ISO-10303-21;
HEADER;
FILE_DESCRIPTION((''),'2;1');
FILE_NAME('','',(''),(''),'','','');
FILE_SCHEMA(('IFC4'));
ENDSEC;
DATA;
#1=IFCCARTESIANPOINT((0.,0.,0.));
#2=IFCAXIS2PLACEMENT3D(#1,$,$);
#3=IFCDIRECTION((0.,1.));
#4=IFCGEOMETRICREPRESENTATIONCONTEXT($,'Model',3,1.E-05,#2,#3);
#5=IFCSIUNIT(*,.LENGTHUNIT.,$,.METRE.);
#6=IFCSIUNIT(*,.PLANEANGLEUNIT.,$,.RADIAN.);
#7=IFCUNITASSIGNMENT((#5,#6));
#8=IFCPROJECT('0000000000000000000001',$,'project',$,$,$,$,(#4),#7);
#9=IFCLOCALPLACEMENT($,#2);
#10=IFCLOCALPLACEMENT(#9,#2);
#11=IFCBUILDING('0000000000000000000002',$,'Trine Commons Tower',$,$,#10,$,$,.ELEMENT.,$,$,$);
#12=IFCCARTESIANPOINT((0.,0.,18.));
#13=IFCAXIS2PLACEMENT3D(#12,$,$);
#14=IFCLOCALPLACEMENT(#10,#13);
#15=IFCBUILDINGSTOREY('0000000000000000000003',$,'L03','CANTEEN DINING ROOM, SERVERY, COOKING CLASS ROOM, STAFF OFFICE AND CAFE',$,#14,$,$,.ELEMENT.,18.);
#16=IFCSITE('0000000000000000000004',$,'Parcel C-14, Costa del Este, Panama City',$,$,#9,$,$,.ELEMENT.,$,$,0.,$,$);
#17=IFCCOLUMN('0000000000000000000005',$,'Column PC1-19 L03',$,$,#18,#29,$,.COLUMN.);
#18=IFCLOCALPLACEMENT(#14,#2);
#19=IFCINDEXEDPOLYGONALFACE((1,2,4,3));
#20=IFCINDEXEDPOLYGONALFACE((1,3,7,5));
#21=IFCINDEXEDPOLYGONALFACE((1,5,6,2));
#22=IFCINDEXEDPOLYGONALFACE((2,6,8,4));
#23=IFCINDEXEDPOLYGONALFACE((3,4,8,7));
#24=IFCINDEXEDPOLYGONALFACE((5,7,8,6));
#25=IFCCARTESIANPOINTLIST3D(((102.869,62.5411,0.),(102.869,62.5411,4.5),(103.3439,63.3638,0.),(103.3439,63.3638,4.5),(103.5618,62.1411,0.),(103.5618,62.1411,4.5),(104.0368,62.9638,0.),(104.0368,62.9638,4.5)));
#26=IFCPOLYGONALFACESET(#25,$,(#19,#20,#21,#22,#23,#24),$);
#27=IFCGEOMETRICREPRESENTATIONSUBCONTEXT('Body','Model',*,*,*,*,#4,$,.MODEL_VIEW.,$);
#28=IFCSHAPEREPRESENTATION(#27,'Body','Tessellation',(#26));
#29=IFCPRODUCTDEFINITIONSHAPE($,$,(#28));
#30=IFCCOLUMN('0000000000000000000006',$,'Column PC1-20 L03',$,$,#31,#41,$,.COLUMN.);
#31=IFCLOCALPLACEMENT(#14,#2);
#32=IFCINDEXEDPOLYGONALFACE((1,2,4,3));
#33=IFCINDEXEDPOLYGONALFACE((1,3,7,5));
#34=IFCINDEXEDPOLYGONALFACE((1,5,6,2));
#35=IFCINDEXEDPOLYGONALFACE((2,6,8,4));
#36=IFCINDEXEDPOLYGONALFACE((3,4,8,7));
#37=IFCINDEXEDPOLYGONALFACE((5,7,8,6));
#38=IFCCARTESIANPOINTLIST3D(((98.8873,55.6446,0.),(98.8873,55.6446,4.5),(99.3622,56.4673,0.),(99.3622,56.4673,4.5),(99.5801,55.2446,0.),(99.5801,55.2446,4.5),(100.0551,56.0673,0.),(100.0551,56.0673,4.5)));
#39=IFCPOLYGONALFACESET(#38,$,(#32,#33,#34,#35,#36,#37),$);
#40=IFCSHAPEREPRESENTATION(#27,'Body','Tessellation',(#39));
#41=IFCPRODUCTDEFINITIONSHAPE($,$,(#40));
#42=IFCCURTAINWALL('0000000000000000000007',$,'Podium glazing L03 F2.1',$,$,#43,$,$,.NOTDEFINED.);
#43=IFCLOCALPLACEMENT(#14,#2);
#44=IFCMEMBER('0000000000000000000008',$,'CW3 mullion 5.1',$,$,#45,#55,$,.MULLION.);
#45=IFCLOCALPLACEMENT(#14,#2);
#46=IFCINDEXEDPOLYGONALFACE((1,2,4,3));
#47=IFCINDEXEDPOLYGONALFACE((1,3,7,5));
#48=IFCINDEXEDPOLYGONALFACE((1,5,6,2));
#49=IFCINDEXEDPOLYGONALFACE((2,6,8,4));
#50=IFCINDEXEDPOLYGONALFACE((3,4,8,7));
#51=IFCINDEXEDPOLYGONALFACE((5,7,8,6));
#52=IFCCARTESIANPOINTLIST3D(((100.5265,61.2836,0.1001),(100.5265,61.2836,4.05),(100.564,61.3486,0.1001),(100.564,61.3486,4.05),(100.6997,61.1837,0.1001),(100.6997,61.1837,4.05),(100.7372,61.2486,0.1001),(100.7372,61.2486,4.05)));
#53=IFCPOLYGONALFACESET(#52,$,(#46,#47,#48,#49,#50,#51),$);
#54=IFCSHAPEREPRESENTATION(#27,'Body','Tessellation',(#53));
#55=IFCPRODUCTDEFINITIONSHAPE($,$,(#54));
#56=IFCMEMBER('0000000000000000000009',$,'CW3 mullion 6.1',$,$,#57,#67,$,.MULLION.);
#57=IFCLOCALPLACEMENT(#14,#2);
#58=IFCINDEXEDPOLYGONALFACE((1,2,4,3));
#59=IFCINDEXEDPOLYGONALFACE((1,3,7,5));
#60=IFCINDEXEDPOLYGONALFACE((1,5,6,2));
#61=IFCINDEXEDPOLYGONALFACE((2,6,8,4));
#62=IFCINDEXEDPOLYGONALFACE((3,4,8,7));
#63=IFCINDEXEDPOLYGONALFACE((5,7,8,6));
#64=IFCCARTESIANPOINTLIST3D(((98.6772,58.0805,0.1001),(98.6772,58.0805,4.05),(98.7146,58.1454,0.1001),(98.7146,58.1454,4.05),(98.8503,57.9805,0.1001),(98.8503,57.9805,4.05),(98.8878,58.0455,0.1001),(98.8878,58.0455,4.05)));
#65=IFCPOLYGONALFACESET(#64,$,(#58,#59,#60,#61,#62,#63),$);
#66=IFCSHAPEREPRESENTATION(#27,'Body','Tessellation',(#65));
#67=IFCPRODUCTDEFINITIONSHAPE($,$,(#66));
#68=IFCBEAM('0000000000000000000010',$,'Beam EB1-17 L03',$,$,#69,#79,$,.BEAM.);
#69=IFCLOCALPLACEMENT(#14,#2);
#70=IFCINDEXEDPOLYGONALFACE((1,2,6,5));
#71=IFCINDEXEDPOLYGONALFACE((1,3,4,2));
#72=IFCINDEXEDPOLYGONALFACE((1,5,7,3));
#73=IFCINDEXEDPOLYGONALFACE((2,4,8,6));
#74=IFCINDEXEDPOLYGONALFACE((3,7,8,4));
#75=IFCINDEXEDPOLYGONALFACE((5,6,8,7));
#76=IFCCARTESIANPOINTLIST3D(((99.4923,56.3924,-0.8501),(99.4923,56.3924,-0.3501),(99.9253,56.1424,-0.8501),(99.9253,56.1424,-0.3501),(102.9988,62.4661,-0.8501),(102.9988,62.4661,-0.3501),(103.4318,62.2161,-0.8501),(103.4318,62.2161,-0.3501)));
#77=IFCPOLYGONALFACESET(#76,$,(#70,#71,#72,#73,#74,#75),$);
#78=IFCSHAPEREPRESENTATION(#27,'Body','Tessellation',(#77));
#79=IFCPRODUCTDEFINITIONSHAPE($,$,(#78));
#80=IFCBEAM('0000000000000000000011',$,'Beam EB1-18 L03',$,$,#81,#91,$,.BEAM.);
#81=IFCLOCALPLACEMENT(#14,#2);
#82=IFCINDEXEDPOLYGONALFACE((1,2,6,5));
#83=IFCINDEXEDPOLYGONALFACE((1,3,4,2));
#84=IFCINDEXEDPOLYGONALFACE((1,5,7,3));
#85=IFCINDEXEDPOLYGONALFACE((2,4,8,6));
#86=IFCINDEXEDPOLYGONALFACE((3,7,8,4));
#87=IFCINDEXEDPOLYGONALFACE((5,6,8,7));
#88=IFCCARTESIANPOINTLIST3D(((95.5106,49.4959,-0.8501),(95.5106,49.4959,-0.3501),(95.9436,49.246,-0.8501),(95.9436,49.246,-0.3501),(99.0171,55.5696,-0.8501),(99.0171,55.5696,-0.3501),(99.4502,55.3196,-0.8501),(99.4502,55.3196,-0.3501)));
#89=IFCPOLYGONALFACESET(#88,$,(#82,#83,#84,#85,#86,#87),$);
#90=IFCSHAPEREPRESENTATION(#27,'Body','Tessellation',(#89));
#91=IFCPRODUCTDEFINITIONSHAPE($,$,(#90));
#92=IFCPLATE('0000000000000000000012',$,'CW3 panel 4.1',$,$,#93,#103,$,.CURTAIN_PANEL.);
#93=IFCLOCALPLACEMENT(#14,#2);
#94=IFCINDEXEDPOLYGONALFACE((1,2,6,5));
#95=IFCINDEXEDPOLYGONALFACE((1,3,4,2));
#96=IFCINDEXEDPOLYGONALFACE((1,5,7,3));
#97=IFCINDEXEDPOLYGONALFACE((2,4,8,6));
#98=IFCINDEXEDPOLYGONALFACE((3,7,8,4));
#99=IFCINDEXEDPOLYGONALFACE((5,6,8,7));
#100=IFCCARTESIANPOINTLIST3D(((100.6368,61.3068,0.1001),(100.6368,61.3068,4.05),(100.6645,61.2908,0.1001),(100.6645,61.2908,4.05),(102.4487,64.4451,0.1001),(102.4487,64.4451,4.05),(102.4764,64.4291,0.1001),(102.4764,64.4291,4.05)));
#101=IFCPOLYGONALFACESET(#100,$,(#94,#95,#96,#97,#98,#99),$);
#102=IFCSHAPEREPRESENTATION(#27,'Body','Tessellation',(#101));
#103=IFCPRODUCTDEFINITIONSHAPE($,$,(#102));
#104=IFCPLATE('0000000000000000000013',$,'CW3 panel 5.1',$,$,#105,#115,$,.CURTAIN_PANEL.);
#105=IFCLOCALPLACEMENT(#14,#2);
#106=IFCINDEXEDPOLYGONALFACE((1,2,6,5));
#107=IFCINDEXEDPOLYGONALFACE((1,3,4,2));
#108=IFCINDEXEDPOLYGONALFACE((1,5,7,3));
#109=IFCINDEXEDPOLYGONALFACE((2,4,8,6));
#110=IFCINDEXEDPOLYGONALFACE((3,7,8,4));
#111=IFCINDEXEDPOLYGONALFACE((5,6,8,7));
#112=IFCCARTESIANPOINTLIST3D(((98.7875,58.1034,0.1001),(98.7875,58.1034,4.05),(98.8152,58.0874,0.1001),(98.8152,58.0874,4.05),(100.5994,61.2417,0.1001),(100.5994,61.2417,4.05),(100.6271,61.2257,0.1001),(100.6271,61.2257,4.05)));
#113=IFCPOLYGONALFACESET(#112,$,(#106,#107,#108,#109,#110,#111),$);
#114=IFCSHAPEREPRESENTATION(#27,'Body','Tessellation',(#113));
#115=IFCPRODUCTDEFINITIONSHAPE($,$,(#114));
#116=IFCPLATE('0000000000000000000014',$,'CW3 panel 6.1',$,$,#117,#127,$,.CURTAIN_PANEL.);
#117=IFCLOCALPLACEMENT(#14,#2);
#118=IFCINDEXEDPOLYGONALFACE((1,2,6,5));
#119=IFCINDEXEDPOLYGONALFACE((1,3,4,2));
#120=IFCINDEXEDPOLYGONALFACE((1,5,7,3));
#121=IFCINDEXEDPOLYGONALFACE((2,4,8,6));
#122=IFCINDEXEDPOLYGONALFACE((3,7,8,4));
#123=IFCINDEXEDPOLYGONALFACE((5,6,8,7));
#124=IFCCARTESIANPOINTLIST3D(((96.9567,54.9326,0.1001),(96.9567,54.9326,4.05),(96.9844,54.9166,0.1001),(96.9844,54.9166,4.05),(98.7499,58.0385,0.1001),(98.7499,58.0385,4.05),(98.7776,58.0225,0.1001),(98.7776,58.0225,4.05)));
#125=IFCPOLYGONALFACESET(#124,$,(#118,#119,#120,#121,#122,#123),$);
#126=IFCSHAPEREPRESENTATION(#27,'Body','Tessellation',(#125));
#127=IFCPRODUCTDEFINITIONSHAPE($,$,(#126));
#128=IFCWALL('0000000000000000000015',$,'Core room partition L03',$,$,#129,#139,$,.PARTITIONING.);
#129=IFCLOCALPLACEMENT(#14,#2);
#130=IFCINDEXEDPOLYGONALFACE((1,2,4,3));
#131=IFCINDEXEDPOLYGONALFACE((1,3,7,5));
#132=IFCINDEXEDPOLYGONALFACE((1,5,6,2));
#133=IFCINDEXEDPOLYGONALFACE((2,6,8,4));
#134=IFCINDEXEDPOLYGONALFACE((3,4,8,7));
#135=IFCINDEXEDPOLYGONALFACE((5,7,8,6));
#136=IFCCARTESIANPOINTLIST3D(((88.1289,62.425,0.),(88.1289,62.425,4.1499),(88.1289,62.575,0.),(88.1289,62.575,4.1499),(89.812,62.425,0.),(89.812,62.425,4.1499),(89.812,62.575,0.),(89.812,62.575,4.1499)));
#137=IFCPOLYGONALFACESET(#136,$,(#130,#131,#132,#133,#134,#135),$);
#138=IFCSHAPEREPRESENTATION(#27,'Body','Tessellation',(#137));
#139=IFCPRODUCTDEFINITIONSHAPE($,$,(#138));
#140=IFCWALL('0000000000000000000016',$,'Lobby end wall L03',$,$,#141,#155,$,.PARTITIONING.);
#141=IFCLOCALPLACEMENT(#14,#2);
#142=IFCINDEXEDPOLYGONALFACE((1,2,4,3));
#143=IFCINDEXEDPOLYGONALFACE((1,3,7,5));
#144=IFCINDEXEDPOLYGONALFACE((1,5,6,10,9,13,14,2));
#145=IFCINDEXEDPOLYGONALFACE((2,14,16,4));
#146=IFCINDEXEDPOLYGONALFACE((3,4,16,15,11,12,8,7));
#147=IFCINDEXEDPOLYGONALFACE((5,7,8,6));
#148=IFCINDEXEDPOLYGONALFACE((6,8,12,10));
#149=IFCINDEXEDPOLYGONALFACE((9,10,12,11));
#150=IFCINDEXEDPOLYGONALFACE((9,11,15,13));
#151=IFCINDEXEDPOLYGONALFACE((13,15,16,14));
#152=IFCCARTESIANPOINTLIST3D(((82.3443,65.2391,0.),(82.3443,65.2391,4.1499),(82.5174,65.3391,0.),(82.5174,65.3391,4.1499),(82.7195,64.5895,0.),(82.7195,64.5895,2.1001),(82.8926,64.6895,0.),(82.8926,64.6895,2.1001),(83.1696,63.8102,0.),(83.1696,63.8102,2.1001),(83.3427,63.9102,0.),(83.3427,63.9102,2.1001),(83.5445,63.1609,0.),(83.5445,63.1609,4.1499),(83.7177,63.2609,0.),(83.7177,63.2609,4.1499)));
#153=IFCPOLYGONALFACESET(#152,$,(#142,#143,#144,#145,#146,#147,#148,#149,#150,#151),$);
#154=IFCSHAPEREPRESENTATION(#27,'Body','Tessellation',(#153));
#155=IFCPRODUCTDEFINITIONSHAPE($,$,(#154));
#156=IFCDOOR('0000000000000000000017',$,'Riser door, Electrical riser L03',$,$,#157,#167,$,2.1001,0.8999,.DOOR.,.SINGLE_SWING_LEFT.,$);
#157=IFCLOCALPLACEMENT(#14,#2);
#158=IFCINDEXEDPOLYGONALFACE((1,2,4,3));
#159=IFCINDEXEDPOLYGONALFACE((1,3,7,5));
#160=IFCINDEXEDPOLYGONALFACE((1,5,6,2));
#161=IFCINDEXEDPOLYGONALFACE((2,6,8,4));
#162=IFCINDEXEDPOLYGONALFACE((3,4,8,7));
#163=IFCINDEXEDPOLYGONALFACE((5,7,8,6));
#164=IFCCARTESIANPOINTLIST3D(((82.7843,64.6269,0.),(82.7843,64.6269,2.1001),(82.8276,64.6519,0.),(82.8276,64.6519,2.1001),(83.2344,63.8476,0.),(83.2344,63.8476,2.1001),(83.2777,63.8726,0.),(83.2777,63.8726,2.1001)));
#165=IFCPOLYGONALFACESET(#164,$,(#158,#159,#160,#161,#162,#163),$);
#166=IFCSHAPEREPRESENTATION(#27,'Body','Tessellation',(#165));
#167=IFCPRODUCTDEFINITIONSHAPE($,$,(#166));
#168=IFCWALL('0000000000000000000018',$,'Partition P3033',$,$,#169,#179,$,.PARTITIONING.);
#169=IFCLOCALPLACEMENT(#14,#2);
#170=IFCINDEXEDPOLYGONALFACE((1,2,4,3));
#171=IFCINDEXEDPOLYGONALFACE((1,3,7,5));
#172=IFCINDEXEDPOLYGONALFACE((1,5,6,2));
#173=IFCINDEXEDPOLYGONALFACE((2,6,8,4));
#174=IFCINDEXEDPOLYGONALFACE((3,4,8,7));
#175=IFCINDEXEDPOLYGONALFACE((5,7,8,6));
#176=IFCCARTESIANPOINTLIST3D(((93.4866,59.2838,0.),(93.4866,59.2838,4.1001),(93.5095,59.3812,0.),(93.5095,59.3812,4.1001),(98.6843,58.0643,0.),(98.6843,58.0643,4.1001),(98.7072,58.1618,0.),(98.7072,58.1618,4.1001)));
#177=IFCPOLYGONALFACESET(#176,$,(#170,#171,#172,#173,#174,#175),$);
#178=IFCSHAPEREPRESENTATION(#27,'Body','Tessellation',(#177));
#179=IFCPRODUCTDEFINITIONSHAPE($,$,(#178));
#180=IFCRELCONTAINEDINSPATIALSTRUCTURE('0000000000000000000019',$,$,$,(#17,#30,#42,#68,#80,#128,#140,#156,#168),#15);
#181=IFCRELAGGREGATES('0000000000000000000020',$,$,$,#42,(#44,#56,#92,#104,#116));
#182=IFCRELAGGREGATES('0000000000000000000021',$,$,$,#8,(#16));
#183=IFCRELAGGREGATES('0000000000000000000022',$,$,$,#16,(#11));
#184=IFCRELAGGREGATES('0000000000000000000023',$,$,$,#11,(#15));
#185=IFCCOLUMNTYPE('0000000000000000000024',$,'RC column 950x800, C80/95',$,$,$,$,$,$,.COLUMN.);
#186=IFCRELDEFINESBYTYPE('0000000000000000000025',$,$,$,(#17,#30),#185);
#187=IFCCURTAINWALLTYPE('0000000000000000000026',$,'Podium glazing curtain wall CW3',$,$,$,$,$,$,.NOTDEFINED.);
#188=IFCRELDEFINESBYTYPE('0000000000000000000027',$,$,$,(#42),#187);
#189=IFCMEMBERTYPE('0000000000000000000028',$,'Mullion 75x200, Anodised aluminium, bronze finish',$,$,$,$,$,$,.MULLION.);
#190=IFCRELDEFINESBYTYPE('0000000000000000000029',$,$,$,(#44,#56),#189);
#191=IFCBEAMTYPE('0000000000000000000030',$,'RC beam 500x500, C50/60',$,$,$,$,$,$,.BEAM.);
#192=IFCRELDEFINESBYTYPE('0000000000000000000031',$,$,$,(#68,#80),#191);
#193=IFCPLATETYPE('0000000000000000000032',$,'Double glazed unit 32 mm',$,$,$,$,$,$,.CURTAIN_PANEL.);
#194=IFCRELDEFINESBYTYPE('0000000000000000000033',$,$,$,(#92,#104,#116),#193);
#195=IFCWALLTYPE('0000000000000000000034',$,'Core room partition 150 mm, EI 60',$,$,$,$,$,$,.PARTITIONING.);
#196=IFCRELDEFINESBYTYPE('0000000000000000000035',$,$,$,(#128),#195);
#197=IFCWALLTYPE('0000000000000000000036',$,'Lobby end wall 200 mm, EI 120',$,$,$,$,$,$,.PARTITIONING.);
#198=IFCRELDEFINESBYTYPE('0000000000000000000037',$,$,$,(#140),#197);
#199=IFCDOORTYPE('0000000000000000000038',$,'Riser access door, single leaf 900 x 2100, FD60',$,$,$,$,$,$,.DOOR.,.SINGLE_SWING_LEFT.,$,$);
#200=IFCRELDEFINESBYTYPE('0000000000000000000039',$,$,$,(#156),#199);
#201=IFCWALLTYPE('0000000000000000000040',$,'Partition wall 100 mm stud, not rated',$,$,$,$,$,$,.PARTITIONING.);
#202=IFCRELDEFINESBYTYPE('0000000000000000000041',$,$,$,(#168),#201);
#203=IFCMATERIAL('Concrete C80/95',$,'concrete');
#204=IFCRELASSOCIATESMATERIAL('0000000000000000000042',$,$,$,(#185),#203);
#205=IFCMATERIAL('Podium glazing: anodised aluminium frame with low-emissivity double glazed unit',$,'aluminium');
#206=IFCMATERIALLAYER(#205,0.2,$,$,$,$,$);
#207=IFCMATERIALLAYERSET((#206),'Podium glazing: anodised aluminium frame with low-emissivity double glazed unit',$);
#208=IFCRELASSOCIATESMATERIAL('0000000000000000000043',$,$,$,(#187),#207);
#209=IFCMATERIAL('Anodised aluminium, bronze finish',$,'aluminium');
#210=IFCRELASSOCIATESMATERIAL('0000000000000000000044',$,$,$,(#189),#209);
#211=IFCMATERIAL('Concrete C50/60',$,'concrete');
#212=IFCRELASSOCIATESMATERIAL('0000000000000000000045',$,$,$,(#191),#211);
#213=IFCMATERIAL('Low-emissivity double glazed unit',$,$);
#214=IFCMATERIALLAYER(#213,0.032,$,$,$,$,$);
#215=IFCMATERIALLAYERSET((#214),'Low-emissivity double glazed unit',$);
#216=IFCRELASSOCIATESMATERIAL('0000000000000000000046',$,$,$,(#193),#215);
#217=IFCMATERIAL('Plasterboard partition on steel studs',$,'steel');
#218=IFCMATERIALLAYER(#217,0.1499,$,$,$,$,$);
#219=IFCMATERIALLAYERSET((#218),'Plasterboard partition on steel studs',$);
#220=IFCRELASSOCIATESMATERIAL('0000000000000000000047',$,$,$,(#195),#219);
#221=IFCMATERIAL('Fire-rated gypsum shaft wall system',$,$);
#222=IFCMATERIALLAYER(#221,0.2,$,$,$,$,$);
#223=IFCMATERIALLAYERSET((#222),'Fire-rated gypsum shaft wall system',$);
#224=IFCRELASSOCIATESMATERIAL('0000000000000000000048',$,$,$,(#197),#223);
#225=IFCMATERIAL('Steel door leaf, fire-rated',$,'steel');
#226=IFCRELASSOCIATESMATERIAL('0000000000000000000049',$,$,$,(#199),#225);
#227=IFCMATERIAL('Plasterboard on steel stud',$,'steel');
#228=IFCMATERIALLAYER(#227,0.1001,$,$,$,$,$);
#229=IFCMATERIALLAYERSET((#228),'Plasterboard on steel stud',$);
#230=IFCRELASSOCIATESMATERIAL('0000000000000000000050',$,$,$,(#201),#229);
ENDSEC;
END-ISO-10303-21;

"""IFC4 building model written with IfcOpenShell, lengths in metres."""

from ifc_helpers import new_model, si_unit, direction, frame, frame_2d, origin, origin_2d, place, context, subcontext, project, spatial, rectangle, extrude, material, layer, layer_set, material_profile, profile_set, type_object, element, fill, aggregate, save


model = new_model("IFC4")

# Units and contexts
model_context = context("Model", 3, precision=1e-05, world=origin(), true_north=direction((0.0, 1.0)))
body_context = subcontext(model_context, "Body", "Model", "MODEL_VIEW")
ifc_project = project(units=[si_unit("LENGTHUNIT", "METRE"), si_unit("PLANEANGLEUNIT", "RADIAN")], contexts=[model_context])

# Site, building, storey
site_placement = place(None, origin())
site = spatial("IfcSite", under=ifc_project, at=site_placement, Name="Parcel C-14, Costa del Este, Panama City", CompositionType="ELEMENT", RefElevation=0.0)
building_placement = place(site_placement, origin())
building = spatial("IfcBuilding", under=site, at=building_placement, Name="Trine Commons Tower", CompositionType="ELEMENT")
storey_placement = place(building_placement, frame((0.0, 0.0, 18.0)))
storey = spatial("IfcBuildingStorey", under=building, at=storey_placement, Name="L03", Description="CANTEEN DINING ROOM, SERVERY, COOKING CLASS ROOM, STAFF OFFICE AND CAFE", CompositionType="ELEMENT", Elevation=18.0)

# Columns
ifc_material_1 = material(Name="Concrete C80/95", Category="concrete")
ifc_material_profile_1 = material_profile(ifc_material_1, rectangle(XDim=0.95, YDim=0.8, at=origin_2d()), Name="RC 950x800")
ifc_profile_set_1 = profile_set([ifc_material_profile_1], Name="Concrete C80/95")
column_type = type_object("IfcColumnType", Name="RC column 950x800, C80/95", PredefinedType="COLUMN", material=ifc_profile_set_1)
for number, where, z_axis, x_axis, name in (
    (1, (103.4529, 62.7524, 0.0), (0.0, 0.0, 1.0), (0.5, 0.866025, 0.0), "Column PC1-19 L03"),
    (2, (99.4712, 55.856, 0.0), (0.0, 0.0, 1.0), (0.5, 0.866025, 0.0), "Column PC1-20 L03"),
):
    element("IfcColumn", number, at=place(storey_placement, frame(where, z_axis=z_axis, x_axis=x_axis)), inside=storey, type_object=column_type, Name=name, PredefinedType="COLUMN", context=body_context, shape_type="SweptSolid", body=[
        extrude(rectangle(XDim=0.95, YDim=0.8, at=origin_2d()), origin(), (0.0, 0.0, 1.0), 4.5),
    ])

# Curtain wall, members
ifc_material_2 = material(Name="Podium glazing: anodised aluminium frame with low-emissivity double glazed unit", Category="aluminium")
ifc_layer_1 = layer(ifc_material_2, 0.2)
ifc_layer_set_1 = layer_set([ifc_layer_1], Name="Podium glazing: anodised aluminium frame with low-emissivity double glazed unit")
curtain_wall_type = type_object("IfcCurtainWallType", Name="Podium glazing curtain wall CW3", PredefinedType="NOTDEFINED", material=ifc_layer_set_1)
curtain_wall_placement = place(storey_placement, origin())
curtain_wall = element("IfcCurtainWall", 3, at=curtain_wall_placement, inside=storey, type_object=curtain_wall_type, Name="Podium glazing L03 F2.1", PredefinedType="NOTDEFINED")
ifc_material_3 = material(Name="Anodised aluminium, bronze finish", Category="aluminium")
ifc_material_profile_2 = material_profile(ifc_material_3, rectangle(XDim=0.2, YDim=0.075, at=origin_2d()), Name="Mullion 75x200")
ifc_profile_set_2 = profile_set([ifc_material_profile_2], Name="Anodised aluminium, bronze finish")
member_type = type_object("IfcMemberType", Name="Mullion 75x200, Anodised aluminium, bronze finish", PredefinedType="MULLION", material=ifc_profile_set_2)
member_1_placement = place(storey_placement, frame((100.6318, 61.2661, 0.1001), z_axis=(0.0, 0.0, 1.0), x_axis=(0.866025, -0.5, 0.0)))
member_1 = element("IfcMember", 4, at=member_1_placement, type_object=member_type, Name="CW3 mullion 5.1", PredefinedType="MULLION", context=body_context, shape_type="SweptSolid", body=[
    extrude(rectangle(XDim=0.2, YDim=0.075, at=origin_2d()), origin(), (0.0, 0.0, 1.0), 3.95),
])
member_2_placement = place(storey_placement, frame((98.7825, 58.063, 0.1001), z_axis=(0.0, 0.0, 1.0), x_axis=(0.866025, -0.5, 0.0)))
member_2 = element("IfcMember", 5, at=member_2_placement, type_object=member_type, Name="CW3 mullion 6.1", PredefinedType="MULLION", context=body_context, shape_type="SweptSolid", body=[
    extrude(rectangle(XDim=0.2, YDim=0.075, at=origin_2d()), origin(), (0.0, 0.0, 1.0), 3.95),
])

# Beams
ifc_material_4 = material(Name="Concrete C50/60", Category="concrete")
ifc_material_profile_3 = material_profile(ifc_material_4, rectangle(XDim=0.5, YDim=0.5, at=origin_2d()), Name="RC 500x500")
ifc_profile_set_3 = profile_set([ifc_material_profile_3], Name="Concrete C50/60")
beam_type = type_object("IfcBeamType", Name="RC beam 500x500, C50/60", PredefinedType="BEAM", material=ifc_profile_set_3)
for number, where, z_axis, x_axis, name in (
    (6, (103.2153, 62.3411, -0.6001), (-0.499992, -0.86603, 0.0), (0.86603, -0.499992, 0.0), "Beam EB1-17 L03"),
    (7, (99.2336, 55.4446, -0.6001), (-0.499992, -0.86603, 0.0), (0.86603, -0.499992, 0.0), "Beam EB1-18 L03"),
):
    element("IfcBeam", number, at=place(storey_placement, frame(where, z_axis=z_axis, x_axis=x_axis)), inside=storey, type_object=beam_type, Name=name, PredefinedType="BEAM", context=body_context, shape_type="SweptSolid", body=[
        extrude(rectangle(XDim=0.5, YDim=0.5, at=origin_2d()), origin(), (0.0, 0.0, 1.0), 7.0132),
    ])

# Plates
ifc_material_5 = material(Name="Low-emissivity double glazed unit")
ifc_layer_2 = layer(ifc_material_5, 0.032)
ifc_layer_set_2 = layer_set([ifc_layer_2], Name="Low-emissivity double glazed unit")
plate_type = type_object("IfcPlateType", Name="Double glazed unit 32 mm", PredefinedType="CURTAIN_PANEL", material=ifc_layer_set_2)
plate_1_placement = place(storey_placement, frame((101.5566, 62.8679, 0.1001), z_axis=(0.0, 0.0, 1.0), x_axis=(-0.5, -0.866025, 0.0)))
plate_1 = element("IfcPlate", 8, at=plate_1_placement, type_object=plate_type, Name="CW3 panel 4.1", PredefinedType="CURTAIN_PANEL", context=body_context, shape_type="SweptSolid", body=[
    extrude(rectangle(XDim=3.6238, YDim=0.032, at=origin_2d()), origin(), (0.0, 0.0, 1.0), 3.95),
])
plate_2_placement = place(storey_placement, frame((99.7073, 59.6646, 0.1001), z_axis=(0.0, 0.0, 1.0), x_axis=(-0.5, -0.866025, 0.0)))
plate_2 = element("IfcPlate", 9, at=plate_2_placement, type_object=plate_type, Name="CW3 panel 5.1", PredefinedType="CURTAIN_PANEL", context=body_context, shape_type="SweptSolid", body=[
    extrude(rectangle(XDim=3.6238, YDim=0.032, at=origin_2d()), origin(), (0.0, 0.0, 1.0), 3.95),
])
plate_3_placement = place(storey_placement, frame((97.8672, 56.4775, 0.1001), z_axis=(0.0, 0.0, 1.0), x_axis=(-0.5, -0.866025, 0.0)))
plate_3 = element("IfcPlate", 10, at=plate_3_placement, type_object=plate_type, Name="CW3 panel 6.1", PredefinedType="CURTAIN_PANEL", context=body_context, shape_type="SweptSolid", body=[
    extrude(rectangle(XDim=3.5864, YDim=0.032, at=origin_2d()), origin(), (0.0, 0.0, 1.0), 3.95),
])
aggregate(curtain_wall, [member_1, member_2, plate_1, plate_2, plate_3])

# Wall
ifc_material_6 = material(Name="Plasterboard partition on steel studs", Category="steel")
ifc_layer_3 = layer(ifc_material_6, 0.1499)
ifc_layer_set_3 = layer_set([ifc_layer_3], Name="Plasterboard partition on steel studs")
wall_type_1 = type_object("IfcWallType", Name="Core room partition 150 mm, EI 60", PredefinedType="PARTITIONING", material=ifc_layer_set_3)
wall_1_placement = place(storey_placement, frame((89.812, 62.5, 0.0), z_axis=(0.0, 0.0, 1.0), x_axis=(-1.0, 0.0, 0.0)))
element("IfcWall", 11, at=wall_1_placement, inside=storey, type_object=wall_type_1, Name="Core room partition L03", PredefinedType="PARTITIONING", context=body_context, shape_type="SweptSolid", body=[
    extrude(rectangle(XDim=1.6831, YDim=0.1499, at=frame_2d((0.8416, 0.0))), origin(), (0.0, 0.0, 1.0), 4.1499),
])

# Wall, opening, door
ifc_material_7 = material(Name="Fire-rated gypsum shaft wall system")
ifc_layer_4 = layer(ifc_material_7, 0.2)
ifc_layer_set_4 = layer_set([ifc_layer_4], Name="Fire-rated gypsum shaft wall system")
wall_type_2 = type_object("IfcWallType", Name="Lobby end wall 200 mm, EI 120", PredefinedType="PARTITIONING", material=ifc_layer_set_4)
wall_2_placement = place(storey_placement, frame((83.6311, 63.2109, 0.0), z_axis=(0.0, 0.0, 1.0), x_axis=(-0.500122, 0.865955, 0.0)))
wall_2 = element("IfcWall", 12, at=wall_2_placement, inside=storey, type_object=wall_type_2, Name="Lobby end wall L03", PredefinedType="PARTITIONING", context=body_context, shape_type="SweptSolid", body=[
    extrude(rectangle(XDim=2.3999, YDim=0.2, at=frame_2d((1.2, 0.0))), origin(), (0.0, 0.0, 1.0), 4.1499),
])
opening_1_placement = place(wall_2_placement, frame((0.7498, 0.0, 0.0)))
opening_1 = element("IfcOpeningElement", 13, at=opening_1_placement, cuts=wall_2, PredefinedType="OPENING", context=body_context, shape_type="SweptSolid", body=[
    extrude(rectangle(XDim=0.8999, YDim=2.1001, at=frame_2d((0.45, 1.05))), frame((0.0, 0.1099, 0.0), z_axis=(0.0, -1.0, 0.0), x_axis=(1.0, 0.0, 0.0)), (0.0, 0.0, 1.0), 0.22),
])
ifc_material_8 = material(Name="Steel door leaf, fire-rated", Category="steel")
door_type_1 = type_object("IfcDoorType", Name="Riser access door, single leaf 900 x 2100, FD60", OperationType="SINGLE_SWING_LEFT", PredefinedType="DOOR", material=ifc_material_8)
door_1_placement = place(opening_1_placement, frame((0.8999, 0.0, 0.0), z_axis=(0.0, 0.0, 1.0), x_axis=(-1.0, 0.0, 0.0)))
door_1 = element("IfcDoor", 14, at=door_1_placement, inside=storey, type_object=door_type_1, Name="Riser door, Electrical riser L03", OperationType="SINGLE_SWING_LEFT", OverallHeight=2.1001, OverallWidth=0.8999, PredefinedType="DOOR", context=body_context, shape_type="SweptSolid", body=[
    extrude(rectangle(XDim=0.8999, YDim=2.1001, at=frame_2d((0.45, 1.05))), frame((0.0, 0.0249, 0.0), z_axis=(0.0, -1.0, 0.0), x_axis=(1.0, 0.0, 0.0)), (0.0, 0.0, 1.0), 0.05),
])
fill(opening_1, door_1)

# Wall
ifc_material_9 = material(Name="Plasterboard on steel stud", Category="steel")
ifc_layer_5 = layer(ifc_material_9, 0.1001)
ifc_layer_set_5 = layer_set([ifc_layer_5], Name="Plasterboard on steel stud")
wall_type_3 = type_object("IfcWallType", Name="Partition wall 100 mm stud, not rated", PredefinedType="PARTITIONING", material=ifc_layer_set_5)
wall_3_placement = place(storey_placement, frame((93.498, 59.3325, 0.0), z_axis=(0.0, 0.0, 1.0), x_axis=(0.973564, -0.228415, 0.0)))
element("IfcWall", 15, at=wall_3_placement, inside=storey, type_object=wall_type_3, Name="Partition P3033", PredefinedType="PARTITIONING", context=body_context, shape_type="SweptSolid", body=[
    extrude(rectangle(XDim=5.3389, YDim=0.1001, at=frame_2d((2.6694, 0.0))), origin(), (0.0, 0.0, 1.0), 4.1001),
])

save(model, "model.ifc")
